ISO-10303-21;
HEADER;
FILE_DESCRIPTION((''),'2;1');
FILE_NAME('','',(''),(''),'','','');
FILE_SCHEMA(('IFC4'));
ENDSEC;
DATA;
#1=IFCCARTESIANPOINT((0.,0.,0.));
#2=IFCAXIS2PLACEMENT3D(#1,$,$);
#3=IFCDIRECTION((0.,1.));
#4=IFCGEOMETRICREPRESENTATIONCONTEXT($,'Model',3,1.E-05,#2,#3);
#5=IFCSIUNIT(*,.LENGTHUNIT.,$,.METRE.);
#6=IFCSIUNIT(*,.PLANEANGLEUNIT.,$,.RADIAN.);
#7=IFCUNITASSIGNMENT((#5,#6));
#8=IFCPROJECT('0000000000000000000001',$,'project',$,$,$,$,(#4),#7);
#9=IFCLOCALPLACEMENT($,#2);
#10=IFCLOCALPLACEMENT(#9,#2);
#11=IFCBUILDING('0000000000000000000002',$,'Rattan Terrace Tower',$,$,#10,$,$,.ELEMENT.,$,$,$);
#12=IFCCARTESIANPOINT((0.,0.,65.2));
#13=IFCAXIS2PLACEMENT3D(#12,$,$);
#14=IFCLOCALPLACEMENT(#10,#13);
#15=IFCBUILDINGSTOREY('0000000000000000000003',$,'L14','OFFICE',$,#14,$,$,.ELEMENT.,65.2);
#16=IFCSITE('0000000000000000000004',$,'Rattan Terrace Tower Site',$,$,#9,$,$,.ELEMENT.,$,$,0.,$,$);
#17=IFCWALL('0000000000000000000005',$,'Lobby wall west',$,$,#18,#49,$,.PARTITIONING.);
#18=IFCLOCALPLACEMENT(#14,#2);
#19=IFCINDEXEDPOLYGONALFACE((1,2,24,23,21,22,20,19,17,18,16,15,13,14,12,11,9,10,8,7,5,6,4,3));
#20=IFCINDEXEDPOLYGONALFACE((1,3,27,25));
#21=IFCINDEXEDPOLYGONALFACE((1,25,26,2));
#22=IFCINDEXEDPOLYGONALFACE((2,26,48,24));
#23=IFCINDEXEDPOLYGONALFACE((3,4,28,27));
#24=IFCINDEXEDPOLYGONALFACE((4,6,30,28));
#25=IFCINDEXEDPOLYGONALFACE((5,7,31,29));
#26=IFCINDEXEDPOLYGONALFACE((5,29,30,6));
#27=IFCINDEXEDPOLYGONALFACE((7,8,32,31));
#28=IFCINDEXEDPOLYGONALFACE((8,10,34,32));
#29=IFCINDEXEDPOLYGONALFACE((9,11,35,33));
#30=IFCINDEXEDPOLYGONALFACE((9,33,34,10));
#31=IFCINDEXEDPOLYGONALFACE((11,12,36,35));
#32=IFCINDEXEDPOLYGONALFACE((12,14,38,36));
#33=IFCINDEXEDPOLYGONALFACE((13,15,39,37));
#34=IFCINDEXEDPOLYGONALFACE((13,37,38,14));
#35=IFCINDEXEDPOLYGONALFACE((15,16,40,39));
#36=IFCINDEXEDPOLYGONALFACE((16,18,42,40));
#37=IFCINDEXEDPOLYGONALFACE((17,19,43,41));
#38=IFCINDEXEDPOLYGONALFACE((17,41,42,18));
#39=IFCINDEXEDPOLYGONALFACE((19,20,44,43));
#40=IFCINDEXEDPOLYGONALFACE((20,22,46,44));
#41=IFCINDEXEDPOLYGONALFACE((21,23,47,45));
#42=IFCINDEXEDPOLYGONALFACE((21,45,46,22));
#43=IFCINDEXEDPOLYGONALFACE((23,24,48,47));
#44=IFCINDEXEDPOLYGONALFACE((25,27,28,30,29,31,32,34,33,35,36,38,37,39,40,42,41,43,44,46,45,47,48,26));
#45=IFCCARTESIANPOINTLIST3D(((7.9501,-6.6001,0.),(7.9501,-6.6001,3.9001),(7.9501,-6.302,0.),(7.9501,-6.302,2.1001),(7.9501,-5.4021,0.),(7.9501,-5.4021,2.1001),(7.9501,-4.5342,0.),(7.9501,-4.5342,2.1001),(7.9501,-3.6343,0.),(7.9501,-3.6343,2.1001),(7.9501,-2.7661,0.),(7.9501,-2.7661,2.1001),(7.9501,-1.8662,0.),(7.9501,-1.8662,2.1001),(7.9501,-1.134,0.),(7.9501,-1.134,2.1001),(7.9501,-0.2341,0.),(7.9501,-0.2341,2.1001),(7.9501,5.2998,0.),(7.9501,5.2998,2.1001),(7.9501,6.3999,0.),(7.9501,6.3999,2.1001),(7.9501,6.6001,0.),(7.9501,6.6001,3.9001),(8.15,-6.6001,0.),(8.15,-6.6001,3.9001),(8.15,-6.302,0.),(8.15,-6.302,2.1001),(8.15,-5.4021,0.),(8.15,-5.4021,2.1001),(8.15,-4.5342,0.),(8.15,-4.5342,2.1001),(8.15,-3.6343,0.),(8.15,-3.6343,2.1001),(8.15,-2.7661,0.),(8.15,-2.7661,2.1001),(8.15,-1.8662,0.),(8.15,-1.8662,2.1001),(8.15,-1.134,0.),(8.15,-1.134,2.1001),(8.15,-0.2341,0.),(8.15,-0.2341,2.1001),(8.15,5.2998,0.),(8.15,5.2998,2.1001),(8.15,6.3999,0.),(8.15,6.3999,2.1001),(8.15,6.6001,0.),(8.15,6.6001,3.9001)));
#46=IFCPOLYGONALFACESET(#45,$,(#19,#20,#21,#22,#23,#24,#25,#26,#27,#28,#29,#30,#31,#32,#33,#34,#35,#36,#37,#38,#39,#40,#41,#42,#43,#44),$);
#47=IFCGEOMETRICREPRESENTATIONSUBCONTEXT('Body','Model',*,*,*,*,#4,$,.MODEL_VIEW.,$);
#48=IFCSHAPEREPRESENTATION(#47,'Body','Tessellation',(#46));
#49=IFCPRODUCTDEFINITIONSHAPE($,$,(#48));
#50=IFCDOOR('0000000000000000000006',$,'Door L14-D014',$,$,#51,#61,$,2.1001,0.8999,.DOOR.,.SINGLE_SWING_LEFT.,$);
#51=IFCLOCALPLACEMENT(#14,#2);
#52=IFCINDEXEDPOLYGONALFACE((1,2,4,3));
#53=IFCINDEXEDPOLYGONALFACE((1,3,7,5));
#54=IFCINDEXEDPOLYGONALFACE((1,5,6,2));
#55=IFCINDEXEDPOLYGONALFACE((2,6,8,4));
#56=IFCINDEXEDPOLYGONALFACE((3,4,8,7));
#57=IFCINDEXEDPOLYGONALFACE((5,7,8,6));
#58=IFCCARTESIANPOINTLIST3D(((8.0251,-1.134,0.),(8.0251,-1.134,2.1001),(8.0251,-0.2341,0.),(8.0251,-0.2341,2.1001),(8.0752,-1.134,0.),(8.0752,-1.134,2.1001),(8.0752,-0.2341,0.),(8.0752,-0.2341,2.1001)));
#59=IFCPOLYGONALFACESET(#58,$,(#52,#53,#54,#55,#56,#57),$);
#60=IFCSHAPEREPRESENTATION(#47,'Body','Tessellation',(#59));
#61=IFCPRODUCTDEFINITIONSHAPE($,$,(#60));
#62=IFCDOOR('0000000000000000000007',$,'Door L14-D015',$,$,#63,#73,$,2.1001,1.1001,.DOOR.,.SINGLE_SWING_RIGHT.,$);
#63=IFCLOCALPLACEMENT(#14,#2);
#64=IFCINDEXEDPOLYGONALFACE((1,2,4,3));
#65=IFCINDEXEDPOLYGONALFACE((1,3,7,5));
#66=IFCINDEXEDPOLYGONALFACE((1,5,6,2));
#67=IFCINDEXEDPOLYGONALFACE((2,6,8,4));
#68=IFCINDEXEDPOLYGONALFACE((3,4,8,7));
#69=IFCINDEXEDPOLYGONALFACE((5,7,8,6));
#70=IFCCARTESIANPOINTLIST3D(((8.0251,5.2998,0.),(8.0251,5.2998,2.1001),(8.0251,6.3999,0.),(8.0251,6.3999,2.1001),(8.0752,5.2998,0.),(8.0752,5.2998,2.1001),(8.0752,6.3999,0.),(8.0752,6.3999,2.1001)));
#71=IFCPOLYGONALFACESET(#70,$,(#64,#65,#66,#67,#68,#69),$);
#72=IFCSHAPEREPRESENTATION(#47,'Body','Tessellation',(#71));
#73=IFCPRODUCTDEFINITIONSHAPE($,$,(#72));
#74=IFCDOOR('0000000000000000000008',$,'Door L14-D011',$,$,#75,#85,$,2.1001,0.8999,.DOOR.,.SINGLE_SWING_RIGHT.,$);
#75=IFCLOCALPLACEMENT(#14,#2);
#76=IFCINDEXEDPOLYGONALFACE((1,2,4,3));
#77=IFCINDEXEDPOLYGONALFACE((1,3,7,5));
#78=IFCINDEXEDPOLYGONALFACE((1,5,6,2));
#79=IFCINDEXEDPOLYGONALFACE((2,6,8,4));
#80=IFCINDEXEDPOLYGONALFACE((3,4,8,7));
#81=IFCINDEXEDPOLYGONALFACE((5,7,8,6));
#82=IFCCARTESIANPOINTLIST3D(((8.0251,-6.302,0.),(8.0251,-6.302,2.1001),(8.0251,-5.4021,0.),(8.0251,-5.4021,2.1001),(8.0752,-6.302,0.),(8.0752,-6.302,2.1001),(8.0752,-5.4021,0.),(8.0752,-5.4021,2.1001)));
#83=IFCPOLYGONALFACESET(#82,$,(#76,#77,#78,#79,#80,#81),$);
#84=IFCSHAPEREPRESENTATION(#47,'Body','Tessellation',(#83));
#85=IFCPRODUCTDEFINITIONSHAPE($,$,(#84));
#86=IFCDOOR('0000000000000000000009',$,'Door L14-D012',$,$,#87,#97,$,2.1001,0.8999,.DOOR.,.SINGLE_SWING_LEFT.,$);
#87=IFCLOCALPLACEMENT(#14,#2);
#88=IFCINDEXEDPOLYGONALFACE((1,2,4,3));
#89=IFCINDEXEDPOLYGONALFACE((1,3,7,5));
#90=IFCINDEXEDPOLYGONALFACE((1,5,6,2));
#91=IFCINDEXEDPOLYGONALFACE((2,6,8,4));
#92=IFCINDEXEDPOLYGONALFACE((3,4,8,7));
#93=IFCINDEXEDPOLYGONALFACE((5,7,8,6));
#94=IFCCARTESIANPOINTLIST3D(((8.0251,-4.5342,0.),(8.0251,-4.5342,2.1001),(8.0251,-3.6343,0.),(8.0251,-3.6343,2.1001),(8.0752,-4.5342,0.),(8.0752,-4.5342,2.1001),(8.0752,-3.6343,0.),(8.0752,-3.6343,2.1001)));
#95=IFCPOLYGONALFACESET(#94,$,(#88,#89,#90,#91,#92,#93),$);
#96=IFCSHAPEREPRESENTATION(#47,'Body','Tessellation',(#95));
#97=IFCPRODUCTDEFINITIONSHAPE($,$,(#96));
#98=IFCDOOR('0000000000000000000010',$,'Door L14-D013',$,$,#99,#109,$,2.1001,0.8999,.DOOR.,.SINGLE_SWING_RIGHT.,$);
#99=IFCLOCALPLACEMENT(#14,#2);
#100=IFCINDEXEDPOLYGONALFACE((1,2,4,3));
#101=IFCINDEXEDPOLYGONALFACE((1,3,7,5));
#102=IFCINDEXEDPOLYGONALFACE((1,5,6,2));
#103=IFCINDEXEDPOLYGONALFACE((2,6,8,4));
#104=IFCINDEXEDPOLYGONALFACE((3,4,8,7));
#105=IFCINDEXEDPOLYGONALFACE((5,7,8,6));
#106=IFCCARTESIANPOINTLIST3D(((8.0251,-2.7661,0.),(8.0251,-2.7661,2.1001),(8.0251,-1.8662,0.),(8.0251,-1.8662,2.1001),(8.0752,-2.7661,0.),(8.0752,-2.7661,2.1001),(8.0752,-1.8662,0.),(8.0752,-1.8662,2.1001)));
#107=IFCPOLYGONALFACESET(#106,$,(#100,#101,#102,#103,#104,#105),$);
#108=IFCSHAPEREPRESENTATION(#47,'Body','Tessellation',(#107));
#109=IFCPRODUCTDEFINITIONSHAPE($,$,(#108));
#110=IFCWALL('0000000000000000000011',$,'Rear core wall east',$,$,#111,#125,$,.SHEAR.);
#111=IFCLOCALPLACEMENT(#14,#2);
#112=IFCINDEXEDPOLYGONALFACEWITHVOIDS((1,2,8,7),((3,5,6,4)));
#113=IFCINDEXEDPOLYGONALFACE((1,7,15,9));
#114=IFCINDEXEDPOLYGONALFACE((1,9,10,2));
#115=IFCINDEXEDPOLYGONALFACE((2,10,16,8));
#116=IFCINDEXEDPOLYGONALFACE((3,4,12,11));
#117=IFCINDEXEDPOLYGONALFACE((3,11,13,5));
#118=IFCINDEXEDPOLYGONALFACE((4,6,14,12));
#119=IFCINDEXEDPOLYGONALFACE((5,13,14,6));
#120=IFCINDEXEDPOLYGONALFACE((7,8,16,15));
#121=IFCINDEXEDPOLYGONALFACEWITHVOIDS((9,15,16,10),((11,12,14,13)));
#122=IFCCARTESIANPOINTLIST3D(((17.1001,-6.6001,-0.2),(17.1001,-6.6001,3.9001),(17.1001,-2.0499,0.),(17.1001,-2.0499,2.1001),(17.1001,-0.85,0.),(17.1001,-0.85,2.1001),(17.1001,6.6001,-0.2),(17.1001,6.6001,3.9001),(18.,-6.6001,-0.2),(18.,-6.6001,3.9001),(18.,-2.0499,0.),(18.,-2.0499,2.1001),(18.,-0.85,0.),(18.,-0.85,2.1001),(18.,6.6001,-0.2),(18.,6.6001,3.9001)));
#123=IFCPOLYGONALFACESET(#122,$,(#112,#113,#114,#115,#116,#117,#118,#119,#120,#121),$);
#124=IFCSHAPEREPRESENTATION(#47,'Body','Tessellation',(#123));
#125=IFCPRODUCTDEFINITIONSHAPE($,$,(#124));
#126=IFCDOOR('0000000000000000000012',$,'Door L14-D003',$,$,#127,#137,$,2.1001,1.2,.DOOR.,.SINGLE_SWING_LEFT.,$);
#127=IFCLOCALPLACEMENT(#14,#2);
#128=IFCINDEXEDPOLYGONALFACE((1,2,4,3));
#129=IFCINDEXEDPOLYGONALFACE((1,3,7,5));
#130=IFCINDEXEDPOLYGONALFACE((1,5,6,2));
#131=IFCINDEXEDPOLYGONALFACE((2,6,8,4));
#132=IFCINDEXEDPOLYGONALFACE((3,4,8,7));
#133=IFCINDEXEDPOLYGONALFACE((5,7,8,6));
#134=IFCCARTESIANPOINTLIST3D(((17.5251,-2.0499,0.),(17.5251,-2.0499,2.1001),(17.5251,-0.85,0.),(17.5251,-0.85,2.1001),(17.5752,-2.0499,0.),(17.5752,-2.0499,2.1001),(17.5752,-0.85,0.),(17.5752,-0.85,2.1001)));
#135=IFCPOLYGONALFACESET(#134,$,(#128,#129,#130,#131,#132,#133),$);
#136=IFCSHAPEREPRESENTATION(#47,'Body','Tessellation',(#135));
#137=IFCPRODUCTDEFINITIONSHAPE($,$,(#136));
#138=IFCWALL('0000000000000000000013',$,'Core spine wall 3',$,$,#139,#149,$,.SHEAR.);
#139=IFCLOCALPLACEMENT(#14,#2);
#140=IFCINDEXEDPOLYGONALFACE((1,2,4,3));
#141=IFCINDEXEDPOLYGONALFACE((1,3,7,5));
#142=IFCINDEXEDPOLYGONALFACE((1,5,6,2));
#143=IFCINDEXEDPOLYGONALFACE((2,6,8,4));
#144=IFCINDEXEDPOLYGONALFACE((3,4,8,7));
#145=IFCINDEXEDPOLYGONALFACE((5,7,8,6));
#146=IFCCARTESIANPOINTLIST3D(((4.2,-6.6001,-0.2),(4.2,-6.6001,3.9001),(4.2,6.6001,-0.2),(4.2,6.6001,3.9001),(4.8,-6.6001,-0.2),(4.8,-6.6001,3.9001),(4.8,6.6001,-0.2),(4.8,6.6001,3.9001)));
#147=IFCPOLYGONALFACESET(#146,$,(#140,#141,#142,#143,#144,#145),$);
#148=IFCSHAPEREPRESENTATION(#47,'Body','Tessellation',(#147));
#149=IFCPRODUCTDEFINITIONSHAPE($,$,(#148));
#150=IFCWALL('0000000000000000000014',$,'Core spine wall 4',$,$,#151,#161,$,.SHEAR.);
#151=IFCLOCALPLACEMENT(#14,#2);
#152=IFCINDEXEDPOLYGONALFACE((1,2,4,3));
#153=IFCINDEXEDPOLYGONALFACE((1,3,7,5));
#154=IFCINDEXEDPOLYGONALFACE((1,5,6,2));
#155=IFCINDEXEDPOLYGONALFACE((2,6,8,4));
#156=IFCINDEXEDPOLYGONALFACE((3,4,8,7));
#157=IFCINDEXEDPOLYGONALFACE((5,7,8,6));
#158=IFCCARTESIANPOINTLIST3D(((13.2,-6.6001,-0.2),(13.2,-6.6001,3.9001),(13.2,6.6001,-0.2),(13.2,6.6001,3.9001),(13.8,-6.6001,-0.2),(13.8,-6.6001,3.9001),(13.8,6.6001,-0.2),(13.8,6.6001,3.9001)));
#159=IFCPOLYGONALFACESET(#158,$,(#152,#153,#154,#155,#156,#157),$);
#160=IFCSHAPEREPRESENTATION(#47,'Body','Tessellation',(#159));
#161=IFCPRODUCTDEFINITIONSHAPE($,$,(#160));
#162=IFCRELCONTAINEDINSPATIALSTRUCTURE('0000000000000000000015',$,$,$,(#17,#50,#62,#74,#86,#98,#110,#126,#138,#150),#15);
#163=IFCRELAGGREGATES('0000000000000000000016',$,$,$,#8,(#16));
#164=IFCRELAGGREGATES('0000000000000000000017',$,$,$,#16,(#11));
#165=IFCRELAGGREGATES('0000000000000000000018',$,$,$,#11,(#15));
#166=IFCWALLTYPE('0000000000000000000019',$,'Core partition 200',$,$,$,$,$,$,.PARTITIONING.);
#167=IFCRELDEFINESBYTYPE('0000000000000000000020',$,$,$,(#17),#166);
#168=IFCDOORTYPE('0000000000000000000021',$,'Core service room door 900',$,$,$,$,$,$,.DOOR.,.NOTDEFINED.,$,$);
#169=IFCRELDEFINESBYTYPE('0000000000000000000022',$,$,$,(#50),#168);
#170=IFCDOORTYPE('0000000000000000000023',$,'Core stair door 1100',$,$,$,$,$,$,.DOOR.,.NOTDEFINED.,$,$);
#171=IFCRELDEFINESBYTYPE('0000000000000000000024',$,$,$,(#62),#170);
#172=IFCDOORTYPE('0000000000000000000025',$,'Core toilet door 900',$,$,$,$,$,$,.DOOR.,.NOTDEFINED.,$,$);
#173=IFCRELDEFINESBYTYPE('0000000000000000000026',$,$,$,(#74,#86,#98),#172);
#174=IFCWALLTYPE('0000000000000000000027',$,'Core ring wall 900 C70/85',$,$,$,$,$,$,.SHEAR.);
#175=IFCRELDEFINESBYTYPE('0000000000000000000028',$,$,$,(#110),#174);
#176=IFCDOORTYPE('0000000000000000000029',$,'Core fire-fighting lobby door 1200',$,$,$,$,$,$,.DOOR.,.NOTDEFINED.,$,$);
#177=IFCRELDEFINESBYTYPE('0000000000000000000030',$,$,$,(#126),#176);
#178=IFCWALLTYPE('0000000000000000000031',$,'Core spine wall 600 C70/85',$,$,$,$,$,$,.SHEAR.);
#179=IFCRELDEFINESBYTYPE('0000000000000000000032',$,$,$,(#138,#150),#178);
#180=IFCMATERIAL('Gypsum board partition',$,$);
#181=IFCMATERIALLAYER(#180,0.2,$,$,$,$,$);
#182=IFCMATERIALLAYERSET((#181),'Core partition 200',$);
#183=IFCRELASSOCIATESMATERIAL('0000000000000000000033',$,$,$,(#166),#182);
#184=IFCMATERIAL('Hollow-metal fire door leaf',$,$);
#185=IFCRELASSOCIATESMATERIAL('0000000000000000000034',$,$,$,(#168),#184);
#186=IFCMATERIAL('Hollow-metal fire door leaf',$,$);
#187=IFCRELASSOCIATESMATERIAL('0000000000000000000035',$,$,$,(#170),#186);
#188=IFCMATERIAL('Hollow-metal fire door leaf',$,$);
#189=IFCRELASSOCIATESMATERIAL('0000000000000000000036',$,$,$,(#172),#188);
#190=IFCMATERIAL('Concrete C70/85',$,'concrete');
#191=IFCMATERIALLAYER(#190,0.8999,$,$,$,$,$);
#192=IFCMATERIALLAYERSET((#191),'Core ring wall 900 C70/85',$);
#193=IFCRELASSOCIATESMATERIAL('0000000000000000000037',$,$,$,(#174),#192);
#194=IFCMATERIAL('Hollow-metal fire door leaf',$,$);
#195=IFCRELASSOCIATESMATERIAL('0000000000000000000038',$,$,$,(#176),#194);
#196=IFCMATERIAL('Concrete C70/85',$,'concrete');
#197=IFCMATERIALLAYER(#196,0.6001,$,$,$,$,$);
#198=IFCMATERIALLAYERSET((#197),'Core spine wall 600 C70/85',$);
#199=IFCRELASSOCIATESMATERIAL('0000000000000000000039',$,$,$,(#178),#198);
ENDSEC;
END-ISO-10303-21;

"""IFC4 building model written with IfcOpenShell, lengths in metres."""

from ifc_helpers import new_model, si_unit, direction, frame, frame_2d, origin, place, context, subcontext, project, spatial, rectangle, extrude, material, layer, layer_set, type_object, element, fill, save


model = new_model("IFC4")

# Units and contexts
model_context = context("Model", 3, precision=1e-05, world=origin(), true_north=direction((0.0, 1.0)))
body_context = subcontext(model_context, "Body", "Model", "MODEL_VIEW")
ifc_project = project(units=[si_unit("LENGTHUNIT", "METRE"), si_unit("PLANEANGLEUNIT", "RADIAN")], contexts=[model_context])

# Site, building, storey
site_placement = place(None, origin())
site = spatial("IfcSite", under=ifc_project, at=site_placement, Name="Rattan Terrace Tower Site", CompositionType="ELEMENT", RefElevation=0.0)
building_placement = place(site_placement, origin())
building = spatial("IfcBuilding", under=site, at=building_placement, Name="Rattan Terrace Tower", CompositionType="ELEMENT")
storey_placement = place(building_placement, frame((0.0, 0.0, 65.2)))
storey = spatial("IfcBuildingStorey", under=building, at=storey_placement, Name="L14", Description="OFFICE", CompositionType="ELEMENT", Elevation=65.2)

# Wall, openings, doors
ifc_material_1 = material(Name="Gypsum board partition")
ifc_layer_1 = layer(ifc_material_1, 0.2)
ifc_layer_set_1 = layer_set([ifc_layer_1], Name="Core partition 200")
wall_type_1 = type_object("IfcWallType", Name="Core partition 200", PredefinedType="PARTITIONING", material=ifc_layer_set_1)
wall_1_placement = place(storey_placement, frame((8.05, -6.6001, 0.0), z_axis=(0.0, 0.0, 1.0), x_axis=(0.0, 1.0, 0.0)))
wall_1 = element("IfcWall", 1, at=wall_1_placement, inside=storey, type_object=wall_type_1, Name="Lobby wall west", PredefinedType="PARTITIONING", context=body_context, shape_type="SweptSolid", body=[
    extrude(rectangle(XDim=13.2002, YDim=0.2, at=frame_2d((6.6001, 0.0))), origin(), (0.0, 0.0, 1.0), 3.9001),
])
opening_1_placement = place(wall_1_placement, frame((0.2981, 0.0, 0.0)))
opening_1 = element("IfcOpeningElement", 2, at=opening_1_placement, cuts=wall_1, PredefinedType="OPENING", context=body_context, shape_type="SweptSolid", body=[
    extrude(rectangle(XDim=0.8999, YDim=2.1001, at=frame_2d((0.45, 1.05))), frame((0.0, 0.1106, 0.0), z_axis=(0.0, -1.0, 0.0), x_axis=(1.0, 0.0, 0.0)), (0.0, 0.0, 1.0), 0.2209),
])
opening_2_placement = place(wall_1_placement, frame((2.0659, 0.0, 0.0)))
opening_2 = element("IfcOpeningElement", 3, at=opening_2_placement, cuts=wall_1, PredefinedType="OPENING", context=body_context, shape_type="SweptSolid", body=[
    extrude(rectangle(XDim=0.8999, YDim=2.1001, at=frame_2d((0.45, 1.05))), frame((0.0, 0.1106, 0.0), z_axis=(0.0, -1.0, 0.0), x_axis=(1.0, 0.0, 0.0)), (0.0, 0.0, 1.0), 0.2209),
])
opening_3_placement = place(wall_1_placement, frame((3.834, 0.0, 0.0)))
opening_3 = element("IfcOpeningElement", 4, at=opening_3_placement, cuts=wall_1, PredefinedType="OPENING", context=body_context, shape_type="SweptSolid", body=[
    extrude(rectangle(XDim=0.8999, YDim=2.1001, at=frame_2d((0.45, 1.05))), frame((0.0, 0.1106, 0.0), z_axis=(0.0, -1.0, 0.0), x_axis=(1.0, 0.0, 0.0)), (0.0, 0.0, 1.0), 0.2209),
])
opening_4_placement = place(wall_1_placement, frame((5.4661, 0.0, 0.0)))
opening_4 = element("IfcOpeningElement", 5, at=opening_4_placement, cuts=wall_1, PredefinedType="OPENING", context=body_context, shape_type="SweptSolid", body=[
    extrude(rectangle(XDim=0.8999, YDim=2.1001, at=frame_2d((0.45, 1.05))), frame((0.0, 0.1106, 0.0), z_axis=(0.0, -1.0, 0.0), x_axis=(1.0, 0.0, 0.0)), (0.0, 0.0, 1.0), 0.2209),
])
opening_5_placement = place(wall_1_placement, frame((11.8999, 0.0, 0.0)))
opening_5 = element("IfcOpeningElement", 6, at=opening_5_placement, cuts=wall_1, PredefinedType="OPENING", context=body_context, shape_type="SweptSolid", body=[
    extrude(rectangle(XDim=1.1001, YDim=2.1001, at=frame_2d((0.55, 1.05))), frame((0.0, 0.1106, 0.0), z_axis=(0.0, -1.0, 0.0), x_axis=(1.0, 0.0, 0.0)), (0.0, 0.0, 1.0), 0.2209),
])
ifc_material_2 = material(Name="Hollow-metal fire door leaf")
door_type_1 = type_object("IfcDoorType", Name="Core service room door 900", OperationType="NOTDEFINED", PredefinedType="DOOR", material=ifc_material_2)
door_1_placement = place(opening_4_placement, origin())
door_1 = element("IfcDoor", 7, at=door_1_placement, inside=storey, type_object=door_type_1, Name="Door L14-D014", OperationType="SINGLE_SWING_LEFT", OverallHeight=2.1001, OverallWidth=0.8999, PredefinedType="DOOR", context=body_context, shape_type="SweptSolid", body=[
    extrude(rectangle(XDim=0.8999, YDim=2.1001, at=frame_2d((0.45, 1.05))), frame((0.0, 0.0249, 0.0), z_axis=(0.0, -1.0, 0.0), x_axis=(1.0, 0.0, 0.0)), (0.0, 0.0, 1.0), 0.05),
])
fill(opening_4, door_1)
ifc_material_3 = material(Name="Hollow-metal fire door leaf")
door_type_2 = type_object("IfcDoorType", Name="Core stair door 1100", OperationType="NOTDEFINED", PredefinedType="DOOR", material=ifc_material_3)
door_2_placement = place(opening_5_placement, origin())
door_2 = element("IfcDoor", 8, at=door_2_placement, inside=storey, type_object=door_type_2, Name="Door L14-D015", OperationType="SINGLE_SWING_RIGHT", OverallHeight=2.1001, OverallWidth=1.1001, PredefinedType="DOOR", context=body_context, shape_type="SweptSolid", body=[
    extrude(rectangle(XDim=1.1001, YDim=2.1001, at=frame_2d((0.55, 1.05))), frame((0.0, 0.0249, 0.0), z_axis=(0.0, -1.0, 0.0), x_axis=(1.0, 0.0, 0.0)), (0.0, 0.0, 1.0), 0.05),
])
fill(opening_5, door_2)
ifc_material_4 = material(Name="Hollow-metal fire door leaf")
door_type_3 = type_object("IfcDoorType", Name="Core toilet door 900", OperationType="NOTDEFINED", PredefinedType="DOOR", material=ifc_material_4)
door_3_placement = place(opening_1_placement, origin())
door_3 = element("IfcDoor", 9, at=door_3_placement, inside=storey, type_object=door_type_3, Name="Door L14-D011", OperationType="SINGLE_SWING_RIGHT", OverallHeight=2.1001, OverallWidth=0.8999, PredefinedType="DOOR", context=body_context, shape_type="SweptSolid", body=[
    extrude(rectangle(XDim=0.8999, YDim=2.1001, at=frame_2d((0.45, 1.05))), frame((0.0, 0.0249, 0.0), z_axis=(0.0, -1.0, 0.0), x_axis=(1.0, 0.0, 0.0)), (0.0, 0.0, 1.0), 0.05),
])
fill(opening_1, door_3)
door_4_placement = place(opening_2_placement, origin())
door_4 = element("IfcDoor", 10, at=door_4_placement, inside=storey, type_object=door_type_3, Name="Door L14-D012", OperationType="SINGLE_SWING_LEFT", OverallHeight=2.1001, OverallWidth=0.8999, PredefinedType="DOOR", context=body_context, shape_type="SweptSolid", body=[
    extrude(rectangle(XDim=0.8999, YDim=2.1001, at=frame_2d((0.45, 1.05))), frame((0.0, 0.0249, 0.0), z_axis=(0.0, -1.0, 0.0), x_axis=(1.0, 0.0, 0.0)), (0.0, 0.0, 1.0), 0.05),
])
fill(opening_2, door_4)
door_5_placement = place(opening_3_placement, origin())
door_5 = element("IfcDoor", 11, at=door_5_placement, inside=storey, type_object=door_type_3, Name="Door L14-D013", OperationType="SINGLE_SWING_RIGHT", OverallHeight=2.1001, OverallWidth=0.8999, PredefinedType="DOOR", context=body_context, shape_type="SweptSolid", body=[
    extrude(rectangle(XDim=0.8999, YDim=2.1001, at=frame_2d((0.45, 1.05))), frame((0.0, 0.0249, 0.0), z_axis=(0.0, -1.0, 0.0), x_axis=(1.0, 0.0, 0.0)), (0.0, 0.0, 1.0), 0.05),
])
fill(opening_3, door_5)

# Wall, opening, door
ifc_material_5 = material(Name="Concrete C70/85", Category="concrete")
ifc_layer_2 = layer(ifc_material_5, 0.8999)
ifc_layer_set_2 = layer_set([ifc_layer_2], Name="Core ring wall 900 C70/85")
wall_type_2 = type_object("IfcWallType", Name="Core ring wall 900 C70/85", PredefinedType="SHEAR", material=ifc_layer_set_2)
wall_2_placement = place(storey_placement, frame((17.55, -6.6001, -0.2), z_axis=(0.0, 0.0, 1.0), x_axis=(0.0, 1.0, 0.0)))
wall_2 = element("IfcWall", 12, at=wall_2_placement, inside=storey, type_object=wall_type_2, Name="Rear core wall east", PredefinedType="SHEAR", context=body_context, shape_type="SweptSolid", body=[
    extrude(rectangle(XDim=13.2002, YDim=0.8999, at=frame_2d((6.6001, 0.0))), origin(), (0.0, 0.0, 1.0), 4.1001),
])
opening_6_placement = place(wall_2_placement, frame((4.55, 0.0, 0.2)))
opening_6 = element("IfcOpeningElement", 13, at=opening_6_placement, cuts=wall_2, PredefinedType="OPENING", context=body_context, shape_type="SweptSolid", body=[
    extrude(rectangle(XDim=1.2, YDim=2.1001, at=frame_2d((0.6001, 1.05))), frame((0.0, 0.4604, 0.0), z_axis=(0.0, -1.0, 0.0), x_axis=(1.0, 0.0, 0.0)), (0.0, 0.0, 1.0), 0.9209),
])
ifc_material_6 = material(Name="Hollow-metal fire door leaf")
door_type_4 = type_object("IfcDoorType", Name="Core fire-fighting lobby door 1200", OperationType="NOTDEFINED", PredefinedType="DOOR", material=ifc_material_6)
door_6_placement = place(opening_6_placement, origin())
door_6 = element("IfcDoor", 14, at=door_6_placement, inside=storey, type_object=door_type_4, Name="Door L14-D003", OperationType="SINGLE_SWING_LEFT", OverallHeight=2.1001, OverallWidth=1.2, PredefinedType="DOOR", context=body_context, shape_type="SweptSolid", body=[
    extrude(rectangle(XDim=1.2, YDim=2.1001, at=frame_2d((0.6001, 1.05))), frame((0.0, 0.0249, 0.0), z_axis=(0.0, -1.0, 0.0), x_axis=(1.0, 0.0, 0.0)), (0.0, 0.0, 1.0), 0.05),
])
fill(opening_6, door_6)

# Walls
ifc_material_7 = material(Name="Concrete C70/85", Category="concrete")
ifc_layer_3 = layer(ifc_material_7, 0.6001)
ifc_layer_set_3 = layer_set([ifc_layer_3], Name="Core spine wall 600 C70/85")
wall_type_3 = type_object("IfcWallType", Name="Core spine wall 600 C70/85", PredefinedType="SHEAR", material=ifc_layer_set_3)
for number, where, z_axis, x_axis, name in (
    (15, (4.5, -6.6001, -0.2), (0.0, 0.0, 1.0), (0.0, 1.0, 0.0), "Core spine wall 3"),
    (16, (13.5, -6.6001, -0.2), (0.0, 0.0, 1.0), (0.0, 1.0, 0.0), "Core spine wall 4"),
):
    element("IfcWall", number, at=place(storey_placement, frame(where, z_axis=z_axis, x_axis=x_axis)), inside=storey, type_object=wall_type_3, Name=name, PredefinedType="SHEAR", context=body_context, shape_type="SweptSolid", body=[
        extrude(rectangle(XDim=13.2002, YDim=0.6001, at=frame_2d((6.6001, 0.0))), origin(), (0.0, 0.0, 1.0), 4.1001),
    ])

save(model, "model.ifc")
